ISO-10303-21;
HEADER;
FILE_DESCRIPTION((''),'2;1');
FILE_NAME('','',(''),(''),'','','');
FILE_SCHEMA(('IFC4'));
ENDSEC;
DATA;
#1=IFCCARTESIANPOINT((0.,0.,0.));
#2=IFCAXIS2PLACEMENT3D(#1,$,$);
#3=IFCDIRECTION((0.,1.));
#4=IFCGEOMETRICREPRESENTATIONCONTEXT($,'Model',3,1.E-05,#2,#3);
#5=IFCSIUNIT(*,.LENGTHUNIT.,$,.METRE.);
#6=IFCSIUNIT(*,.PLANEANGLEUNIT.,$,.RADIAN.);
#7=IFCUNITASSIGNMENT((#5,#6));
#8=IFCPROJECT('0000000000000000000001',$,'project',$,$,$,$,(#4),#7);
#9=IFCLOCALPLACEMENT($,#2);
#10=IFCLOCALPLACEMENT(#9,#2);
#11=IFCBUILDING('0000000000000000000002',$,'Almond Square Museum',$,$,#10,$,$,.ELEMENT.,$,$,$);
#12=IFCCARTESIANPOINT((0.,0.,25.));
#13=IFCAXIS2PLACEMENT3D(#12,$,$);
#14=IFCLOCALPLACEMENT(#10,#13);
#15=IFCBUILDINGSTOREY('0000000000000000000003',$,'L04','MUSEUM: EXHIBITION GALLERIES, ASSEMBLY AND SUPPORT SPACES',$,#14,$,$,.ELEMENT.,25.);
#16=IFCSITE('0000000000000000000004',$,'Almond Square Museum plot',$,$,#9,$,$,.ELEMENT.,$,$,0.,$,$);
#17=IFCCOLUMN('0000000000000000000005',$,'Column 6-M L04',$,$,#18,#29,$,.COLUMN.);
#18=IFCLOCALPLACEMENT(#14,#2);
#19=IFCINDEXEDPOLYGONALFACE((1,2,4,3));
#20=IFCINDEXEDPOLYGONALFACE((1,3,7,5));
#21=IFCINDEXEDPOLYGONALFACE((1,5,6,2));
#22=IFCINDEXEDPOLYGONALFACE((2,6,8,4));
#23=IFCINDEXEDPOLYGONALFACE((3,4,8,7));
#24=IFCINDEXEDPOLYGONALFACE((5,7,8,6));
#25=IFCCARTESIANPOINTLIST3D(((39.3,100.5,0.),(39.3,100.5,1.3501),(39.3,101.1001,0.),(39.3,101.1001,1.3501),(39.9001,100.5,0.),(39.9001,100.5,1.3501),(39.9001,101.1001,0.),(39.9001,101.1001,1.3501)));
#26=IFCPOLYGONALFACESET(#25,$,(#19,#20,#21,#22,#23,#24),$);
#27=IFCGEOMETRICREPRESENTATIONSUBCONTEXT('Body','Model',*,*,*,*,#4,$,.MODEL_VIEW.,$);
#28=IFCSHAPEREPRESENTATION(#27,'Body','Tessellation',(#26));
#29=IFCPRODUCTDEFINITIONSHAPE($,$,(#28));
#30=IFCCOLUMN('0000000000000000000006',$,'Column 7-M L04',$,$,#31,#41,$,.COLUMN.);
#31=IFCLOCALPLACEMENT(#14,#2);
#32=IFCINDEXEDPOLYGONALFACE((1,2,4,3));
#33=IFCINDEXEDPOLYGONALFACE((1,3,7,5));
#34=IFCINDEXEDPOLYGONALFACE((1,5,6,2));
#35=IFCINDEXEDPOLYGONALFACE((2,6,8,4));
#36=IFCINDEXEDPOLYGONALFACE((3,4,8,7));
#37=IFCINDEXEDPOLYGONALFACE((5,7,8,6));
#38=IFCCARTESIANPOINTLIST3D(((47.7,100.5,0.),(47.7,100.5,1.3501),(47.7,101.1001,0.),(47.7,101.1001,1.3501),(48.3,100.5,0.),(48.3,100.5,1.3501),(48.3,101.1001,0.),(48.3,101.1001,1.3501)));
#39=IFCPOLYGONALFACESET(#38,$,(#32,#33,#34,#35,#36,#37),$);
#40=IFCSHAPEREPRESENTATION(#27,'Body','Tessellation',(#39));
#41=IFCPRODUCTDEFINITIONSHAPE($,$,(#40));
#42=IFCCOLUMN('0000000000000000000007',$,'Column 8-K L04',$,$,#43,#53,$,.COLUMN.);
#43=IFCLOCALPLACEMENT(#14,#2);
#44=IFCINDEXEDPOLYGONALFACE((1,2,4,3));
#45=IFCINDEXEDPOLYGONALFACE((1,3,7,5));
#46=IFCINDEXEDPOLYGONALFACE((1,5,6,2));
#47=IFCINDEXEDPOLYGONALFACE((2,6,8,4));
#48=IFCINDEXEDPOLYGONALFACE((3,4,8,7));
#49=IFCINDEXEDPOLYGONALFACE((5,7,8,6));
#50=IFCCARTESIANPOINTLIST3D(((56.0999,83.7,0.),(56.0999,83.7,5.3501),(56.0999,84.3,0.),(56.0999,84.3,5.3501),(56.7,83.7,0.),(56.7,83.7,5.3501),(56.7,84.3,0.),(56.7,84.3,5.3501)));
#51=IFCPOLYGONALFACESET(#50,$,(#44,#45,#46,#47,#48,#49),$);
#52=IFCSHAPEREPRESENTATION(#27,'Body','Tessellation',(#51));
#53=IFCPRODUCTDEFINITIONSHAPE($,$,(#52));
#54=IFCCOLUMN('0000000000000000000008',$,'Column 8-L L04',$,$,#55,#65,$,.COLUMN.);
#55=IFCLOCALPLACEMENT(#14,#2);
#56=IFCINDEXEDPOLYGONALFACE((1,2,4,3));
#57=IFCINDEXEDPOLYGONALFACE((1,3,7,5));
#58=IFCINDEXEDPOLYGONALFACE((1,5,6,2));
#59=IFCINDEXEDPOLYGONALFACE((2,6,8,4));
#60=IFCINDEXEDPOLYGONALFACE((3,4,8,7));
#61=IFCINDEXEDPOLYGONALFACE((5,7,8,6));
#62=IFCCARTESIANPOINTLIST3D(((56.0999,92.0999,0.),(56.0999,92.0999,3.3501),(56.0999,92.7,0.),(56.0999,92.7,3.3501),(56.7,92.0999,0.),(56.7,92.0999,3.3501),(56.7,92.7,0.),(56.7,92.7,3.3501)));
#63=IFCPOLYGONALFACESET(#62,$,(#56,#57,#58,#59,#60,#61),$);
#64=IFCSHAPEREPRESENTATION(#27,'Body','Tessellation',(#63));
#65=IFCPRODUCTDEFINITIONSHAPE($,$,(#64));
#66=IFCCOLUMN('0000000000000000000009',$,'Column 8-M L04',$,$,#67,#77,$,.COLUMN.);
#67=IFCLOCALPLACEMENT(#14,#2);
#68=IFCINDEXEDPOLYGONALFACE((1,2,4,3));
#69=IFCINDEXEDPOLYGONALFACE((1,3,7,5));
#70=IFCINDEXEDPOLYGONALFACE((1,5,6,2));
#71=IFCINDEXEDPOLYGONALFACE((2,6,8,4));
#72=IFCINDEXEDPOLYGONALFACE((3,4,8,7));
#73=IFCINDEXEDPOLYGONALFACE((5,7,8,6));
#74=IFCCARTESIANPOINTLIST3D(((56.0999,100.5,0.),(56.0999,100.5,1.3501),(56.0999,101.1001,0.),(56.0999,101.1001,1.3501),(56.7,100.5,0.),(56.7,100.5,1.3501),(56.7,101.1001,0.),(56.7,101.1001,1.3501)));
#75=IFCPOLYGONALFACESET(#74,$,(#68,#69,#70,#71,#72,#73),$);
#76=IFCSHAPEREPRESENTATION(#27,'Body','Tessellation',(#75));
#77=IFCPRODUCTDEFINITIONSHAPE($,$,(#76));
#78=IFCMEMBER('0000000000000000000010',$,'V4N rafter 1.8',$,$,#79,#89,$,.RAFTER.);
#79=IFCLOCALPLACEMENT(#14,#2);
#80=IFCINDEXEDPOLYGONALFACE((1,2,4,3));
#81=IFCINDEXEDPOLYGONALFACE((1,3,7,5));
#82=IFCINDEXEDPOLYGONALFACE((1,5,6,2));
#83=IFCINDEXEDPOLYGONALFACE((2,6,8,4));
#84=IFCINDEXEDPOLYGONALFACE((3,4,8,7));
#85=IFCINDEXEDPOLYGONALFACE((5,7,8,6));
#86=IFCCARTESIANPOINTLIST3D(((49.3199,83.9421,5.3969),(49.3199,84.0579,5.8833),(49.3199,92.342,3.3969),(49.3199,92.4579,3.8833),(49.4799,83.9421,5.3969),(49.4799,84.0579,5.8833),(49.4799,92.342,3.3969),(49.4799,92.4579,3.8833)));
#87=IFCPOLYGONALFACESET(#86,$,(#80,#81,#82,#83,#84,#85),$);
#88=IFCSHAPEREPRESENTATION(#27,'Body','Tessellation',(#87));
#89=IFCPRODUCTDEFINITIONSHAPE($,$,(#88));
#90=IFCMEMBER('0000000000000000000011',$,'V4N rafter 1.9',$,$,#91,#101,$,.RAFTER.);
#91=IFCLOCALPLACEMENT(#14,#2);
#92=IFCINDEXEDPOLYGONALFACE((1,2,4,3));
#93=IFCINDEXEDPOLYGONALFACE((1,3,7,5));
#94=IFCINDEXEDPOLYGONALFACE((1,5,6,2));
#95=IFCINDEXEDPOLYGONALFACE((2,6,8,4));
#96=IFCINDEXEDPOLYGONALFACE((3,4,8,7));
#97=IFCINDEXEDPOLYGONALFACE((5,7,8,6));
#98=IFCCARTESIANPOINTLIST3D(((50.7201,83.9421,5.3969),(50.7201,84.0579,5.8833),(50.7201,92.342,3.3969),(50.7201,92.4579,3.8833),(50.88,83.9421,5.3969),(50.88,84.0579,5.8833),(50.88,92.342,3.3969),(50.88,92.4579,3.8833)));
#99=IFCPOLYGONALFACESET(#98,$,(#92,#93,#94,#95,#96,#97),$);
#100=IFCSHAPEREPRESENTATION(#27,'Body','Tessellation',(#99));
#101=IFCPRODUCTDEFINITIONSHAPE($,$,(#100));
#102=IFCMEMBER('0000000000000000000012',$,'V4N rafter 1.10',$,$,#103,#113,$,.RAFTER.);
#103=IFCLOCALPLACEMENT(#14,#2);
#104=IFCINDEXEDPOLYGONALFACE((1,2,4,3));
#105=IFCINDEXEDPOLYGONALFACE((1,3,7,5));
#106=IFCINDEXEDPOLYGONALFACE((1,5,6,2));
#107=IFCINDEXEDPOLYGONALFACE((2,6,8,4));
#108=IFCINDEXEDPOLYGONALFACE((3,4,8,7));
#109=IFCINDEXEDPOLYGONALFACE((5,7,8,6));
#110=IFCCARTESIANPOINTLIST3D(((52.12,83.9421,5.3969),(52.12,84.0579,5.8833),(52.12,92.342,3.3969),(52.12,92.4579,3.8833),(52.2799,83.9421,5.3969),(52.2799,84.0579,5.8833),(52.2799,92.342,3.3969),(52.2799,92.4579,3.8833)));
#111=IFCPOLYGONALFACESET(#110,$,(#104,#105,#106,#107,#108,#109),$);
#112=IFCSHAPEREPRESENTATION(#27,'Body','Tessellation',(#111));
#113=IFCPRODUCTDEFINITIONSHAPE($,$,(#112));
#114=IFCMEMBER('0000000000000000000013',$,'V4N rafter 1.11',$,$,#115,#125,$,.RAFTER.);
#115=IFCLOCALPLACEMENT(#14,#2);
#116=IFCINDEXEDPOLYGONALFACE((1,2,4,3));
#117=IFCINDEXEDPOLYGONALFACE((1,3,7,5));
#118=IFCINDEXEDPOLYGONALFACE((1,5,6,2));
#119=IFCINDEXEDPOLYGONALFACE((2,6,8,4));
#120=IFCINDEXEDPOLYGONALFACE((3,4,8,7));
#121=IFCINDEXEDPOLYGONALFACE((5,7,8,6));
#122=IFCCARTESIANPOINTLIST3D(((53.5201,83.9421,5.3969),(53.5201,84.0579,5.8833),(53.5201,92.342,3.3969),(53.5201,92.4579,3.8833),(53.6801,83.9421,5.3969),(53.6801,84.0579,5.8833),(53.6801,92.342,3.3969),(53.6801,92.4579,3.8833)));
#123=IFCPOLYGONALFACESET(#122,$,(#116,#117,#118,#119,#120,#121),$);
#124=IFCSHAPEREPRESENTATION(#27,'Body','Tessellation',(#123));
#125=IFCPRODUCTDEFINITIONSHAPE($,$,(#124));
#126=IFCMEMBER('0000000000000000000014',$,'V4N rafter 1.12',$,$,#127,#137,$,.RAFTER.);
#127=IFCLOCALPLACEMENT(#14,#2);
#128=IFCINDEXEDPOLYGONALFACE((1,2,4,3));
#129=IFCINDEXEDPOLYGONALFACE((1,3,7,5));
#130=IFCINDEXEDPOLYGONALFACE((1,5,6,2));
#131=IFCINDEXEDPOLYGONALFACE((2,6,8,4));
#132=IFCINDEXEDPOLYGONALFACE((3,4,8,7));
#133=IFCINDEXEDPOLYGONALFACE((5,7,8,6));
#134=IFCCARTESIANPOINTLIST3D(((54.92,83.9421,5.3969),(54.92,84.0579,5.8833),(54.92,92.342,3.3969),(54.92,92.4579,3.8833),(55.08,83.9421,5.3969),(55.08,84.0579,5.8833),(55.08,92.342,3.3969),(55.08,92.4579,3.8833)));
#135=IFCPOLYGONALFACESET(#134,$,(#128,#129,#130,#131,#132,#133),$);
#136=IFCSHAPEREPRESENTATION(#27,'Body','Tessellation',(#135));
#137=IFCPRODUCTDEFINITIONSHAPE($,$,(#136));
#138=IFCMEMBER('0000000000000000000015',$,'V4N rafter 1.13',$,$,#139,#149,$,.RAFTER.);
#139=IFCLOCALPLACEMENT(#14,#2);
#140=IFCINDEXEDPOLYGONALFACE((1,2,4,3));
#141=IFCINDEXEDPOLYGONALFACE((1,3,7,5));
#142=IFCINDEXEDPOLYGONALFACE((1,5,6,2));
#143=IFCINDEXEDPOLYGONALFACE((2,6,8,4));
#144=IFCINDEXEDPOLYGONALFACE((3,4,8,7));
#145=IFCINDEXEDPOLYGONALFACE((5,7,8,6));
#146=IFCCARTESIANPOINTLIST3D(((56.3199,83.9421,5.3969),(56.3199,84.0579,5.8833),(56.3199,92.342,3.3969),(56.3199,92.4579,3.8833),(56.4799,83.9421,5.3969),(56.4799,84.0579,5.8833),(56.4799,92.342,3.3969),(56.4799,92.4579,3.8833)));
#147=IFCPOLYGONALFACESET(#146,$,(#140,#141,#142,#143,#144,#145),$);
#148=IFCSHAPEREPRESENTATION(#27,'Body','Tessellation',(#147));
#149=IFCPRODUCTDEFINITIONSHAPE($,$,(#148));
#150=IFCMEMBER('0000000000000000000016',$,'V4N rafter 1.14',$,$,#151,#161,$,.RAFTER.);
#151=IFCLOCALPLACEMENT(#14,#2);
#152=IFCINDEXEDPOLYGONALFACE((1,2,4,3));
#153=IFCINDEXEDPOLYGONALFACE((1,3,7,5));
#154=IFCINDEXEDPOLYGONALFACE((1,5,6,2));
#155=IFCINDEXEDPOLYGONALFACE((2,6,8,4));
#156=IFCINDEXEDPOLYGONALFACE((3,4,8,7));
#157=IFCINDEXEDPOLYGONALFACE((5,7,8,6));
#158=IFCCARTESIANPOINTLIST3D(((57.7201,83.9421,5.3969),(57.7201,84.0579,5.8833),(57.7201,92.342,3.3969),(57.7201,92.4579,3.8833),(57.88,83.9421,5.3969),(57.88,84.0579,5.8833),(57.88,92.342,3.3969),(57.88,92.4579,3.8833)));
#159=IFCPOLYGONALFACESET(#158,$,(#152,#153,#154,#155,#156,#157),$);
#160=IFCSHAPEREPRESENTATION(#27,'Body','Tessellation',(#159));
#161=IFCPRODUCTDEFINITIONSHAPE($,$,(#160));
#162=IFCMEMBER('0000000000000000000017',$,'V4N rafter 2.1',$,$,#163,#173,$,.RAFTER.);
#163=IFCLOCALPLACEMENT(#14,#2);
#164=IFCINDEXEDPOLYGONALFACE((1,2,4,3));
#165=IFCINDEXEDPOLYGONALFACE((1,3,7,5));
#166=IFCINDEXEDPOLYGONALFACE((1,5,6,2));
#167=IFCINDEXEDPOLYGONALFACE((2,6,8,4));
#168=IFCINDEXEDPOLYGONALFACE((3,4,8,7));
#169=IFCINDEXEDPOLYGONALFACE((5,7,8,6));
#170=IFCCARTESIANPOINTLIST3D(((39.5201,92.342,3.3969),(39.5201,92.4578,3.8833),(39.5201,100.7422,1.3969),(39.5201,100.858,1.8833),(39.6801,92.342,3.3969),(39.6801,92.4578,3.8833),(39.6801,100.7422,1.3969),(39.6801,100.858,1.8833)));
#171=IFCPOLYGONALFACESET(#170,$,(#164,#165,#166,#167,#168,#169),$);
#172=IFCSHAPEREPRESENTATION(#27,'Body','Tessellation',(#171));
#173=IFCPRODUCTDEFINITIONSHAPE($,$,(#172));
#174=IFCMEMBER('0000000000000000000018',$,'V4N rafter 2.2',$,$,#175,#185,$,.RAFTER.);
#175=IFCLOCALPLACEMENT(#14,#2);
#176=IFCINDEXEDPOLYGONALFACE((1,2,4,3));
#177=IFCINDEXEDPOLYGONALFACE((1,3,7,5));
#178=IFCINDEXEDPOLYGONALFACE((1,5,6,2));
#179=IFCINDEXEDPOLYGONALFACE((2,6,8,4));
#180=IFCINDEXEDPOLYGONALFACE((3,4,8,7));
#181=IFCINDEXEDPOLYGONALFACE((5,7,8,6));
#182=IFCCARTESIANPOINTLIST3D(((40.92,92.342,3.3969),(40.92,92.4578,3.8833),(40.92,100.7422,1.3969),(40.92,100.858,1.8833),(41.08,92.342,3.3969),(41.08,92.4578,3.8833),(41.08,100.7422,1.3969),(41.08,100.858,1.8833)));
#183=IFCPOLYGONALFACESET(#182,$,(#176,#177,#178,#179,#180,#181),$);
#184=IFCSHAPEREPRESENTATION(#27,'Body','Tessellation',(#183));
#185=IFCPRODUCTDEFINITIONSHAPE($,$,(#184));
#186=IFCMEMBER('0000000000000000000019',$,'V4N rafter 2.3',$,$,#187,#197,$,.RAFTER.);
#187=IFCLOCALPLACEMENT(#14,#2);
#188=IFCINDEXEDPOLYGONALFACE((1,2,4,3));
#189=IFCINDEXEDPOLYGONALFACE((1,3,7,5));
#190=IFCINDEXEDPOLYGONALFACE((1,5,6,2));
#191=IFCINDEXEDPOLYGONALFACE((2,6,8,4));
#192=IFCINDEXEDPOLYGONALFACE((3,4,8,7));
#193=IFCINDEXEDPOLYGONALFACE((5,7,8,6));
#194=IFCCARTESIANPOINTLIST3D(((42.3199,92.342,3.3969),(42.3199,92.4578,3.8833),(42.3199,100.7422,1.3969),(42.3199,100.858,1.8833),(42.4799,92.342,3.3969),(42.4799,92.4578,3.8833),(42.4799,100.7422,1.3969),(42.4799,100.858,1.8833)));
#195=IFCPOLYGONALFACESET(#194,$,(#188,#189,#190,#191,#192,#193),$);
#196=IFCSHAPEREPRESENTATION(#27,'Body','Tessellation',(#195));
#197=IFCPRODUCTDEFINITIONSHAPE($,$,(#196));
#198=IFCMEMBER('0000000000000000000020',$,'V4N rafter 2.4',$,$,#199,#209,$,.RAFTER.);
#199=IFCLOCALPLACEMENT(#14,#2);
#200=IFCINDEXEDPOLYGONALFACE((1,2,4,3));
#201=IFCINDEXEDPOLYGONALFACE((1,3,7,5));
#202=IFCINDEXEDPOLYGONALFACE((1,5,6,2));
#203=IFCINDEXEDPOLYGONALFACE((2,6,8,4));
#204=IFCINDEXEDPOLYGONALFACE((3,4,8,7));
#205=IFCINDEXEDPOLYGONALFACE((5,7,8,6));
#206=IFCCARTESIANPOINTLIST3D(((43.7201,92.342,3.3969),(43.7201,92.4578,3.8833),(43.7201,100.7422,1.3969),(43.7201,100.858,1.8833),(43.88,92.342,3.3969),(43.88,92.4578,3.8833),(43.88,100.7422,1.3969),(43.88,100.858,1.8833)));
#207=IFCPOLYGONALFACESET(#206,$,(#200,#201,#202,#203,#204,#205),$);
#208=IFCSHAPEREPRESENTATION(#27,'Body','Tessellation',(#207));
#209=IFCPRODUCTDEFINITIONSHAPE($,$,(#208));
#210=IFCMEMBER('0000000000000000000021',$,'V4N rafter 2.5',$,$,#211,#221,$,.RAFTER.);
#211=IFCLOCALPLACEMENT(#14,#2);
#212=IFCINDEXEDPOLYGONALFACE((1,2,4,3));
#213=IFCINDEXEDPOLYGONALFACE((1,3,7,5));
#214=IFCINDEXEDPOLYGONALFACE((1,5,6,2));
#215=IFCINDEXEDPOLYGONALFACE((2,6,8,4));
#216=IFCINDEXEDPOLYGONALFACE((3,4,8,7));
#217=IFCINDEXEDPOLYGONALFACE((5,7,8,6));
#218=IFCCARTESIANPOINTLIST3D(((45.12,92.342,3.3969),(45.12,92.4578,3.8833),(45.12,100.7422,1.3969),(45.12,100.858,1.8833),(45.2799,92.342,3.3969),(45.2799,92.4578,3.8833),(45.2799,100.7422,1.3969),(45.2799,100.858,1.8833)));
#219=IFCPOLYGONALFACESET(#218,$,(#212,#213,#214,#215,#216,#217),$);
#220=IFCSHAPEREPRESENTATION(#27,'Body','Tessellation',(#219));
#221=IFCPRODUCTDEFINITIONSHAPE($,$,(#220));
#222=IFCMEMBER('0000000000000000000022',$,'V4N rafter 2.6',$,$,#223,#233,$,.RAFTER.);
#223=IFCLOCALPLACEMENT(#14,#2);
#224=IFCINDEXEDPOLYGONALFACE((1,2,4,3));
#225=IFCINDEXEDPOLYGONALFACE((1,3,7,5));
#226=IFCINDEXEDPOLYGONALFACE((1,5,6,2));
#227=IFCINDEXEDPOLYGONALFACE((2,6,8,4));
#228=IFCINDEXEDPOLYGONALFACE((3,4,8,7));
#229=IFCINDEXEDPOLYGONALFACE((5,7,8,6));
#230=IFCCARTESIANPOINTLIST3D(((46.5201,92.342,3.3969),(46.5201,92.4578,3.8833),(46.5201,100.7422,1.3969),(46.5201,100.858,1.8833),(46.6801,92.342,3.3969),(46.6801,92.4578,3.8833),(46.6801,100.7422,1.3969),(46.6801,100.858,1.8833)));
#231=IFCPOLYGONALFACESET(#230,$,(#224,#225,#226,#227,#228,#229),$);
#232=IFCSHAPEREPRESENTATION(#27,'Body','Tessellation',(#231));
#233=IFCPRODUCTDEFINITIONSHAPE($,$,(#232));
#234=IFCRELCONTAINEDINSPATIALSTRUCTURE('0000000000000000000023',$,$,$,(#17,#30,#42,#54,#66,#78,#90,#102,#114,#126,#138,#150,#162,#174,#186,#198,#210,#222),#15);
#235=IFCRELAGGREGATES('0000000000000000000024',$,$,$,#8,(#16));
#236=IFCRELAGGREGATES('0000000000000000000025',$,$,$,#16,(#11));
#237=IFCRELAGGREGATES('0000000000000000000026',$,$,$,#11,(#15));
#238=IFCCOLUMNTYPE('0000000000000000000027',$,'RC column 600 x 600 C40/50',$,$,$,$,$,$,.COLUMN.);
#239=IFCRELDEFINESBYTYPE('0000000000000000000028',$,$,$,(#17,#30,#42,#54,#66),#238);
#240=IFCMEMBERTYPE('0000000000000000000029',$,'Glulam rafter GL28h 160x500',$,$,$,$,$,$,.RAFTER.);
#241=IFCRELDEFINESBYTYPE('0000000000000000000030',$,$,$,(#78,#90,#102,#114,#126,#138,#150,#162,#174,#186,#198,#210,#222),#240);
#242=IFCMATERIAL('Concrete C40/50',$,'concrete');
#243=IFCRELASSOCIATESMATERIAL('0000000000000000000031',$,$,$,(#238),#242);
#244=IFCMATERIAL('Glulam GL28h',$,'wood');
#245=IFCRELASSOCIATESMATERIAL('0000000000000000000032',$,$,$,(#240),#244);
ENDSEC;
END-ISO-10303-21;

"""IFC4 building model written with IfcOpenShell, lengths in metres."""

from ifc_helpers import new_model, si_unit, direction, frame, origin, origin_2d, place, context, subcontext, project, spatial, rectangle, extrude, material, material_profile, profile_set, type_object, element, save


model = new_model("IFC4")

# Units and contexts
model_context = context("Model", 3, precision=1e-05, world=origin(), true_north=direction((0.0, 1.0)))
body_context = subcontext(model_context, "Body", "Model", "MODEL_VIEW")
ifc_project = project(units=[si_unit("LENGTHUNIT", "METRE"), si_unit("PLANEANGLEUNIT", "RADIAN")], contexts=[model_context])

# Site, building, storey
site_placement = place(None, origin())
site = spatial("IfcSite", under=ifc_project, at=site_placement, Name="Almond Square Museum plot", CompositionType="ELEMENT", RefElevation=0.0)
building_placement = place(site_placement, origin())
building = spatial("IfcBuilding", under=site, at=building_placement, Name="Almond Square Museum", CompositionType="ELEMENT")
storey_placement = place(building_placement, frame((0.0, 0.0, 25.0)))
storey = spatial("IfcBuildingStorey", under=building, at=storey_placement, Name="L04", Description="MUSEUM: EXHIBITION GALLERIES, ASSEMBLY AND SUPPORT SPACES", CompositionType="ELEMENT", Elevation=25.0)

# Columns
ifc_material_1 = material(Name="Concrete C40/50", Category="concrete")
ifc_material_profile_1 = material_profile(ifc_material_1, rectangle(XDim=0.6001, YDim=0.6001, at=origin_2d()))
ifc_profile_set_1 = profile_set([ifc_material_profile_1], Name="Concrete C40/50")
column_type = type_object("IfcColumnType", Name="RC column 600 x 600 C40/50", PredefinedType="COLUMN", material=ifc_profile_set_1)
for number, where, z_axis, x_axis, name in (
    (1, (39.6001, 100.8, 0.0), (0.0, 0.0, 1.0), (1.0, 0.0, 0.0), "Column 6-M L04"),
    (2, (48.0, 100.8, 0.0), (0.0, 0.0, 1.0), (1.0, 0.0, 0.0), "Column 7-M L04"),
):
    element("IfcColumn", number, at=place(storey_placement, frame(where, z_axis=z_axis, x_axis=x_axis)), inside=storey, type_object=column_type, Name=name, PredefinedType="COLUMN", context=body_context, shape_type="SweptSolid", body=[
        extrude(rectangle(XDim=0.6001, YDim=0.6001, at=origin_2d()), origin(), (0.0, 0.0, 1.0), 1.3501),
    ])
column_1_placement = place(storey_placement, frame((56.3999, 84.0, 0.0), z_axis=(0.0, 0.0, 1.0), x_axis=(1.0, 0.0, 0.0)))
element("IfcColumn", 3, at=column_1_placement, inside=storey, type_object=column_type, Name="Column 8-K L04", PredefinedType="COLUMN", context=body_context, shape_type="SweptSolid", body=[
    extrude(rectangle(XDim=0.6001, YDim=0.6001, at=origin_2d()), origin(), (0.0, 0.0, 1.0), 5.3501),
])
column_2_placement = place(storey_placement, frame((56.3999, 92.3999, 0.0), z_axis=(0.0, 0.0, 1.0), x_axis=(1.0, 0.0, 0.0)))
element("IfcColumn", 4, at=column_2_placement, inside=storey, type_object=column_type, Name="Column 8-L L04", PredefinedType="COLUMN", context=body_context, shape_type="SweptSolid", body=[
    extrude(rectangle(XDim=0.6001, YDim=0.6001, at=origin_2d()), origin(), (0.0, 0.0, 1.0), 3.3501),
])
column_3_placement = place(storey_placement, frame((56.3999, 100.8, 0.0), z_axis=(0.0, 0.0, 1.0), x_axis=(1.0, 0.0, 0.0)))
element("IfcColumn", 5, at=column_3_placement, inside=storey, type_object=column_type, Name="Column 8-M L04", PredefinedType="COLUMN", context=body_context, shape_type="SweptSolid", body=[
    extrude(rectangle(XDim=0.6001, YDim=0.6001, at=origin_2d()), origin(), (0.0, 0.0, 1.0), 1.3501),
])

# Members
ifc_material_2 = material(Name="Glulam GL28h", Category="wood")
ifc_material_profile_2 = material_profile(ifc_material_2, rectangle(XDim=0.1599, YDim=0.5, at=origin_2d()))
ifc_profile_set_2 = profile_set([ifc_material_profile_2], Name="Glulam GL28h")
member_type = type_object("IfcMemberType", Name="Glulam rafter GL28h 160x500", PredefinedType="RAFTER", material=ifc_profile_set_2)
for number, where, z_axis, x_axis, name in (
    (6, (49.3999, 84.0, 5.6401), (0.0, 0.972806, -0.231623), (-1.0, 0.0, 0.0), "V4N rafter 1.8"),
    (7, (50.8, 84.0, 5.6401), (0.0, 0.972806, -0.231623), (-1.0, 0.0, 0.0), "V4N rafter 1.9"),
    (8, (52.2, 84.0, 5.6401), (0.0, 0.972806, -0.231623), (-1.0, 0.0, 0.0), "V4N rafter 1.10"),
    (9, (53.6001, 84.0, 5.6401), (0.0, 0.972806, -0.231623), (-1.0, 0.0, 0.0), "V4N rafter 1.11"),
    (10, (55.0, 84.0, 5.6401), (0.0, 0.972806, -0.231623), (-1.0, 0.0, 0.0), "V4N rafter 1.12"),
    (11, (56.3999, 84.0, 5.6401), (0.0, 0.972806, -0.231623), (-1.0, 0.0, 0.0), "V4N rafter 1.13"),
    (12, (57.8, 84.0, 5.6401), (0.0, 0.972806, -0.231623), (-1.0, 0.0, 0.0), "V4N rafter 1.14"),
):
    element("IfcMember", number, at=place(storey_placement, frame(where, z_axis=z_axis, x_axis=x_axis)), inside=storey, type_object=member_type, Name=name, PredefinedType="RAFTER", context=body_context, shape_type="SweptSolid", body=[
        extrude(rectangle(XDim=0.1599, YDim=0.5, at=origin_2d()), origin(), (0.0, 0.0, 1.0), 8.6348),
    ])
for number, where, z_axis, x_axis, name in (
    (13, (39.6001, 92.3999, 3.6401), (0.0, 0.972807, -0.231617), (-1.0, 0.0, 0.0), "V4N rafter 2.1"),
    (14, (41.0, 92.3999, 3.6401), (0.0, 0.972807, -0.231617), (-1.0, 0.0, 0.0), "V4N rafter 2.2"),
    (15, (42.3999, 92.3999, 3.6401), (0.0, 0.972807, -0.231617), (-1.0, 0.0, 0.0), "V4N rafter 2.3"),
    (16, (43.8, 92.3999, 3.6401), (0.0, 0.972807, -0.231617), (-1.0, 0.0, 0.0), "V4N rafter 2.4"),
    (17, (45.2, 92.3999, 3.6401), (0.0, 0.972807, -0.231617), (-1.0, 0.0, 0.0), "V4N rafter 2.5"),
    (18, (46.6001, 92.3999, 3.6401), (0.0, 0.972807, -0.231617), (-1.0, 0.0, 0.0), "V4N rafter 2.6"),
):
    element("IfcMember", number, at=place(storey_placement, frame(where, z_axis=z_axis, x_axis=x_axis)), inside=storey, type_object=member_type, Name=name, PredefinedType="RAFTER", context=body_context, shape_type="SweptSolid", body=[
        extrude(rectangle(XDim=0.1599, YDim=0.5, at=origin_2d()), origin(), (0.0, 0.0, 1.0), 8.635),
    ])

save(model, "model.ifc")
